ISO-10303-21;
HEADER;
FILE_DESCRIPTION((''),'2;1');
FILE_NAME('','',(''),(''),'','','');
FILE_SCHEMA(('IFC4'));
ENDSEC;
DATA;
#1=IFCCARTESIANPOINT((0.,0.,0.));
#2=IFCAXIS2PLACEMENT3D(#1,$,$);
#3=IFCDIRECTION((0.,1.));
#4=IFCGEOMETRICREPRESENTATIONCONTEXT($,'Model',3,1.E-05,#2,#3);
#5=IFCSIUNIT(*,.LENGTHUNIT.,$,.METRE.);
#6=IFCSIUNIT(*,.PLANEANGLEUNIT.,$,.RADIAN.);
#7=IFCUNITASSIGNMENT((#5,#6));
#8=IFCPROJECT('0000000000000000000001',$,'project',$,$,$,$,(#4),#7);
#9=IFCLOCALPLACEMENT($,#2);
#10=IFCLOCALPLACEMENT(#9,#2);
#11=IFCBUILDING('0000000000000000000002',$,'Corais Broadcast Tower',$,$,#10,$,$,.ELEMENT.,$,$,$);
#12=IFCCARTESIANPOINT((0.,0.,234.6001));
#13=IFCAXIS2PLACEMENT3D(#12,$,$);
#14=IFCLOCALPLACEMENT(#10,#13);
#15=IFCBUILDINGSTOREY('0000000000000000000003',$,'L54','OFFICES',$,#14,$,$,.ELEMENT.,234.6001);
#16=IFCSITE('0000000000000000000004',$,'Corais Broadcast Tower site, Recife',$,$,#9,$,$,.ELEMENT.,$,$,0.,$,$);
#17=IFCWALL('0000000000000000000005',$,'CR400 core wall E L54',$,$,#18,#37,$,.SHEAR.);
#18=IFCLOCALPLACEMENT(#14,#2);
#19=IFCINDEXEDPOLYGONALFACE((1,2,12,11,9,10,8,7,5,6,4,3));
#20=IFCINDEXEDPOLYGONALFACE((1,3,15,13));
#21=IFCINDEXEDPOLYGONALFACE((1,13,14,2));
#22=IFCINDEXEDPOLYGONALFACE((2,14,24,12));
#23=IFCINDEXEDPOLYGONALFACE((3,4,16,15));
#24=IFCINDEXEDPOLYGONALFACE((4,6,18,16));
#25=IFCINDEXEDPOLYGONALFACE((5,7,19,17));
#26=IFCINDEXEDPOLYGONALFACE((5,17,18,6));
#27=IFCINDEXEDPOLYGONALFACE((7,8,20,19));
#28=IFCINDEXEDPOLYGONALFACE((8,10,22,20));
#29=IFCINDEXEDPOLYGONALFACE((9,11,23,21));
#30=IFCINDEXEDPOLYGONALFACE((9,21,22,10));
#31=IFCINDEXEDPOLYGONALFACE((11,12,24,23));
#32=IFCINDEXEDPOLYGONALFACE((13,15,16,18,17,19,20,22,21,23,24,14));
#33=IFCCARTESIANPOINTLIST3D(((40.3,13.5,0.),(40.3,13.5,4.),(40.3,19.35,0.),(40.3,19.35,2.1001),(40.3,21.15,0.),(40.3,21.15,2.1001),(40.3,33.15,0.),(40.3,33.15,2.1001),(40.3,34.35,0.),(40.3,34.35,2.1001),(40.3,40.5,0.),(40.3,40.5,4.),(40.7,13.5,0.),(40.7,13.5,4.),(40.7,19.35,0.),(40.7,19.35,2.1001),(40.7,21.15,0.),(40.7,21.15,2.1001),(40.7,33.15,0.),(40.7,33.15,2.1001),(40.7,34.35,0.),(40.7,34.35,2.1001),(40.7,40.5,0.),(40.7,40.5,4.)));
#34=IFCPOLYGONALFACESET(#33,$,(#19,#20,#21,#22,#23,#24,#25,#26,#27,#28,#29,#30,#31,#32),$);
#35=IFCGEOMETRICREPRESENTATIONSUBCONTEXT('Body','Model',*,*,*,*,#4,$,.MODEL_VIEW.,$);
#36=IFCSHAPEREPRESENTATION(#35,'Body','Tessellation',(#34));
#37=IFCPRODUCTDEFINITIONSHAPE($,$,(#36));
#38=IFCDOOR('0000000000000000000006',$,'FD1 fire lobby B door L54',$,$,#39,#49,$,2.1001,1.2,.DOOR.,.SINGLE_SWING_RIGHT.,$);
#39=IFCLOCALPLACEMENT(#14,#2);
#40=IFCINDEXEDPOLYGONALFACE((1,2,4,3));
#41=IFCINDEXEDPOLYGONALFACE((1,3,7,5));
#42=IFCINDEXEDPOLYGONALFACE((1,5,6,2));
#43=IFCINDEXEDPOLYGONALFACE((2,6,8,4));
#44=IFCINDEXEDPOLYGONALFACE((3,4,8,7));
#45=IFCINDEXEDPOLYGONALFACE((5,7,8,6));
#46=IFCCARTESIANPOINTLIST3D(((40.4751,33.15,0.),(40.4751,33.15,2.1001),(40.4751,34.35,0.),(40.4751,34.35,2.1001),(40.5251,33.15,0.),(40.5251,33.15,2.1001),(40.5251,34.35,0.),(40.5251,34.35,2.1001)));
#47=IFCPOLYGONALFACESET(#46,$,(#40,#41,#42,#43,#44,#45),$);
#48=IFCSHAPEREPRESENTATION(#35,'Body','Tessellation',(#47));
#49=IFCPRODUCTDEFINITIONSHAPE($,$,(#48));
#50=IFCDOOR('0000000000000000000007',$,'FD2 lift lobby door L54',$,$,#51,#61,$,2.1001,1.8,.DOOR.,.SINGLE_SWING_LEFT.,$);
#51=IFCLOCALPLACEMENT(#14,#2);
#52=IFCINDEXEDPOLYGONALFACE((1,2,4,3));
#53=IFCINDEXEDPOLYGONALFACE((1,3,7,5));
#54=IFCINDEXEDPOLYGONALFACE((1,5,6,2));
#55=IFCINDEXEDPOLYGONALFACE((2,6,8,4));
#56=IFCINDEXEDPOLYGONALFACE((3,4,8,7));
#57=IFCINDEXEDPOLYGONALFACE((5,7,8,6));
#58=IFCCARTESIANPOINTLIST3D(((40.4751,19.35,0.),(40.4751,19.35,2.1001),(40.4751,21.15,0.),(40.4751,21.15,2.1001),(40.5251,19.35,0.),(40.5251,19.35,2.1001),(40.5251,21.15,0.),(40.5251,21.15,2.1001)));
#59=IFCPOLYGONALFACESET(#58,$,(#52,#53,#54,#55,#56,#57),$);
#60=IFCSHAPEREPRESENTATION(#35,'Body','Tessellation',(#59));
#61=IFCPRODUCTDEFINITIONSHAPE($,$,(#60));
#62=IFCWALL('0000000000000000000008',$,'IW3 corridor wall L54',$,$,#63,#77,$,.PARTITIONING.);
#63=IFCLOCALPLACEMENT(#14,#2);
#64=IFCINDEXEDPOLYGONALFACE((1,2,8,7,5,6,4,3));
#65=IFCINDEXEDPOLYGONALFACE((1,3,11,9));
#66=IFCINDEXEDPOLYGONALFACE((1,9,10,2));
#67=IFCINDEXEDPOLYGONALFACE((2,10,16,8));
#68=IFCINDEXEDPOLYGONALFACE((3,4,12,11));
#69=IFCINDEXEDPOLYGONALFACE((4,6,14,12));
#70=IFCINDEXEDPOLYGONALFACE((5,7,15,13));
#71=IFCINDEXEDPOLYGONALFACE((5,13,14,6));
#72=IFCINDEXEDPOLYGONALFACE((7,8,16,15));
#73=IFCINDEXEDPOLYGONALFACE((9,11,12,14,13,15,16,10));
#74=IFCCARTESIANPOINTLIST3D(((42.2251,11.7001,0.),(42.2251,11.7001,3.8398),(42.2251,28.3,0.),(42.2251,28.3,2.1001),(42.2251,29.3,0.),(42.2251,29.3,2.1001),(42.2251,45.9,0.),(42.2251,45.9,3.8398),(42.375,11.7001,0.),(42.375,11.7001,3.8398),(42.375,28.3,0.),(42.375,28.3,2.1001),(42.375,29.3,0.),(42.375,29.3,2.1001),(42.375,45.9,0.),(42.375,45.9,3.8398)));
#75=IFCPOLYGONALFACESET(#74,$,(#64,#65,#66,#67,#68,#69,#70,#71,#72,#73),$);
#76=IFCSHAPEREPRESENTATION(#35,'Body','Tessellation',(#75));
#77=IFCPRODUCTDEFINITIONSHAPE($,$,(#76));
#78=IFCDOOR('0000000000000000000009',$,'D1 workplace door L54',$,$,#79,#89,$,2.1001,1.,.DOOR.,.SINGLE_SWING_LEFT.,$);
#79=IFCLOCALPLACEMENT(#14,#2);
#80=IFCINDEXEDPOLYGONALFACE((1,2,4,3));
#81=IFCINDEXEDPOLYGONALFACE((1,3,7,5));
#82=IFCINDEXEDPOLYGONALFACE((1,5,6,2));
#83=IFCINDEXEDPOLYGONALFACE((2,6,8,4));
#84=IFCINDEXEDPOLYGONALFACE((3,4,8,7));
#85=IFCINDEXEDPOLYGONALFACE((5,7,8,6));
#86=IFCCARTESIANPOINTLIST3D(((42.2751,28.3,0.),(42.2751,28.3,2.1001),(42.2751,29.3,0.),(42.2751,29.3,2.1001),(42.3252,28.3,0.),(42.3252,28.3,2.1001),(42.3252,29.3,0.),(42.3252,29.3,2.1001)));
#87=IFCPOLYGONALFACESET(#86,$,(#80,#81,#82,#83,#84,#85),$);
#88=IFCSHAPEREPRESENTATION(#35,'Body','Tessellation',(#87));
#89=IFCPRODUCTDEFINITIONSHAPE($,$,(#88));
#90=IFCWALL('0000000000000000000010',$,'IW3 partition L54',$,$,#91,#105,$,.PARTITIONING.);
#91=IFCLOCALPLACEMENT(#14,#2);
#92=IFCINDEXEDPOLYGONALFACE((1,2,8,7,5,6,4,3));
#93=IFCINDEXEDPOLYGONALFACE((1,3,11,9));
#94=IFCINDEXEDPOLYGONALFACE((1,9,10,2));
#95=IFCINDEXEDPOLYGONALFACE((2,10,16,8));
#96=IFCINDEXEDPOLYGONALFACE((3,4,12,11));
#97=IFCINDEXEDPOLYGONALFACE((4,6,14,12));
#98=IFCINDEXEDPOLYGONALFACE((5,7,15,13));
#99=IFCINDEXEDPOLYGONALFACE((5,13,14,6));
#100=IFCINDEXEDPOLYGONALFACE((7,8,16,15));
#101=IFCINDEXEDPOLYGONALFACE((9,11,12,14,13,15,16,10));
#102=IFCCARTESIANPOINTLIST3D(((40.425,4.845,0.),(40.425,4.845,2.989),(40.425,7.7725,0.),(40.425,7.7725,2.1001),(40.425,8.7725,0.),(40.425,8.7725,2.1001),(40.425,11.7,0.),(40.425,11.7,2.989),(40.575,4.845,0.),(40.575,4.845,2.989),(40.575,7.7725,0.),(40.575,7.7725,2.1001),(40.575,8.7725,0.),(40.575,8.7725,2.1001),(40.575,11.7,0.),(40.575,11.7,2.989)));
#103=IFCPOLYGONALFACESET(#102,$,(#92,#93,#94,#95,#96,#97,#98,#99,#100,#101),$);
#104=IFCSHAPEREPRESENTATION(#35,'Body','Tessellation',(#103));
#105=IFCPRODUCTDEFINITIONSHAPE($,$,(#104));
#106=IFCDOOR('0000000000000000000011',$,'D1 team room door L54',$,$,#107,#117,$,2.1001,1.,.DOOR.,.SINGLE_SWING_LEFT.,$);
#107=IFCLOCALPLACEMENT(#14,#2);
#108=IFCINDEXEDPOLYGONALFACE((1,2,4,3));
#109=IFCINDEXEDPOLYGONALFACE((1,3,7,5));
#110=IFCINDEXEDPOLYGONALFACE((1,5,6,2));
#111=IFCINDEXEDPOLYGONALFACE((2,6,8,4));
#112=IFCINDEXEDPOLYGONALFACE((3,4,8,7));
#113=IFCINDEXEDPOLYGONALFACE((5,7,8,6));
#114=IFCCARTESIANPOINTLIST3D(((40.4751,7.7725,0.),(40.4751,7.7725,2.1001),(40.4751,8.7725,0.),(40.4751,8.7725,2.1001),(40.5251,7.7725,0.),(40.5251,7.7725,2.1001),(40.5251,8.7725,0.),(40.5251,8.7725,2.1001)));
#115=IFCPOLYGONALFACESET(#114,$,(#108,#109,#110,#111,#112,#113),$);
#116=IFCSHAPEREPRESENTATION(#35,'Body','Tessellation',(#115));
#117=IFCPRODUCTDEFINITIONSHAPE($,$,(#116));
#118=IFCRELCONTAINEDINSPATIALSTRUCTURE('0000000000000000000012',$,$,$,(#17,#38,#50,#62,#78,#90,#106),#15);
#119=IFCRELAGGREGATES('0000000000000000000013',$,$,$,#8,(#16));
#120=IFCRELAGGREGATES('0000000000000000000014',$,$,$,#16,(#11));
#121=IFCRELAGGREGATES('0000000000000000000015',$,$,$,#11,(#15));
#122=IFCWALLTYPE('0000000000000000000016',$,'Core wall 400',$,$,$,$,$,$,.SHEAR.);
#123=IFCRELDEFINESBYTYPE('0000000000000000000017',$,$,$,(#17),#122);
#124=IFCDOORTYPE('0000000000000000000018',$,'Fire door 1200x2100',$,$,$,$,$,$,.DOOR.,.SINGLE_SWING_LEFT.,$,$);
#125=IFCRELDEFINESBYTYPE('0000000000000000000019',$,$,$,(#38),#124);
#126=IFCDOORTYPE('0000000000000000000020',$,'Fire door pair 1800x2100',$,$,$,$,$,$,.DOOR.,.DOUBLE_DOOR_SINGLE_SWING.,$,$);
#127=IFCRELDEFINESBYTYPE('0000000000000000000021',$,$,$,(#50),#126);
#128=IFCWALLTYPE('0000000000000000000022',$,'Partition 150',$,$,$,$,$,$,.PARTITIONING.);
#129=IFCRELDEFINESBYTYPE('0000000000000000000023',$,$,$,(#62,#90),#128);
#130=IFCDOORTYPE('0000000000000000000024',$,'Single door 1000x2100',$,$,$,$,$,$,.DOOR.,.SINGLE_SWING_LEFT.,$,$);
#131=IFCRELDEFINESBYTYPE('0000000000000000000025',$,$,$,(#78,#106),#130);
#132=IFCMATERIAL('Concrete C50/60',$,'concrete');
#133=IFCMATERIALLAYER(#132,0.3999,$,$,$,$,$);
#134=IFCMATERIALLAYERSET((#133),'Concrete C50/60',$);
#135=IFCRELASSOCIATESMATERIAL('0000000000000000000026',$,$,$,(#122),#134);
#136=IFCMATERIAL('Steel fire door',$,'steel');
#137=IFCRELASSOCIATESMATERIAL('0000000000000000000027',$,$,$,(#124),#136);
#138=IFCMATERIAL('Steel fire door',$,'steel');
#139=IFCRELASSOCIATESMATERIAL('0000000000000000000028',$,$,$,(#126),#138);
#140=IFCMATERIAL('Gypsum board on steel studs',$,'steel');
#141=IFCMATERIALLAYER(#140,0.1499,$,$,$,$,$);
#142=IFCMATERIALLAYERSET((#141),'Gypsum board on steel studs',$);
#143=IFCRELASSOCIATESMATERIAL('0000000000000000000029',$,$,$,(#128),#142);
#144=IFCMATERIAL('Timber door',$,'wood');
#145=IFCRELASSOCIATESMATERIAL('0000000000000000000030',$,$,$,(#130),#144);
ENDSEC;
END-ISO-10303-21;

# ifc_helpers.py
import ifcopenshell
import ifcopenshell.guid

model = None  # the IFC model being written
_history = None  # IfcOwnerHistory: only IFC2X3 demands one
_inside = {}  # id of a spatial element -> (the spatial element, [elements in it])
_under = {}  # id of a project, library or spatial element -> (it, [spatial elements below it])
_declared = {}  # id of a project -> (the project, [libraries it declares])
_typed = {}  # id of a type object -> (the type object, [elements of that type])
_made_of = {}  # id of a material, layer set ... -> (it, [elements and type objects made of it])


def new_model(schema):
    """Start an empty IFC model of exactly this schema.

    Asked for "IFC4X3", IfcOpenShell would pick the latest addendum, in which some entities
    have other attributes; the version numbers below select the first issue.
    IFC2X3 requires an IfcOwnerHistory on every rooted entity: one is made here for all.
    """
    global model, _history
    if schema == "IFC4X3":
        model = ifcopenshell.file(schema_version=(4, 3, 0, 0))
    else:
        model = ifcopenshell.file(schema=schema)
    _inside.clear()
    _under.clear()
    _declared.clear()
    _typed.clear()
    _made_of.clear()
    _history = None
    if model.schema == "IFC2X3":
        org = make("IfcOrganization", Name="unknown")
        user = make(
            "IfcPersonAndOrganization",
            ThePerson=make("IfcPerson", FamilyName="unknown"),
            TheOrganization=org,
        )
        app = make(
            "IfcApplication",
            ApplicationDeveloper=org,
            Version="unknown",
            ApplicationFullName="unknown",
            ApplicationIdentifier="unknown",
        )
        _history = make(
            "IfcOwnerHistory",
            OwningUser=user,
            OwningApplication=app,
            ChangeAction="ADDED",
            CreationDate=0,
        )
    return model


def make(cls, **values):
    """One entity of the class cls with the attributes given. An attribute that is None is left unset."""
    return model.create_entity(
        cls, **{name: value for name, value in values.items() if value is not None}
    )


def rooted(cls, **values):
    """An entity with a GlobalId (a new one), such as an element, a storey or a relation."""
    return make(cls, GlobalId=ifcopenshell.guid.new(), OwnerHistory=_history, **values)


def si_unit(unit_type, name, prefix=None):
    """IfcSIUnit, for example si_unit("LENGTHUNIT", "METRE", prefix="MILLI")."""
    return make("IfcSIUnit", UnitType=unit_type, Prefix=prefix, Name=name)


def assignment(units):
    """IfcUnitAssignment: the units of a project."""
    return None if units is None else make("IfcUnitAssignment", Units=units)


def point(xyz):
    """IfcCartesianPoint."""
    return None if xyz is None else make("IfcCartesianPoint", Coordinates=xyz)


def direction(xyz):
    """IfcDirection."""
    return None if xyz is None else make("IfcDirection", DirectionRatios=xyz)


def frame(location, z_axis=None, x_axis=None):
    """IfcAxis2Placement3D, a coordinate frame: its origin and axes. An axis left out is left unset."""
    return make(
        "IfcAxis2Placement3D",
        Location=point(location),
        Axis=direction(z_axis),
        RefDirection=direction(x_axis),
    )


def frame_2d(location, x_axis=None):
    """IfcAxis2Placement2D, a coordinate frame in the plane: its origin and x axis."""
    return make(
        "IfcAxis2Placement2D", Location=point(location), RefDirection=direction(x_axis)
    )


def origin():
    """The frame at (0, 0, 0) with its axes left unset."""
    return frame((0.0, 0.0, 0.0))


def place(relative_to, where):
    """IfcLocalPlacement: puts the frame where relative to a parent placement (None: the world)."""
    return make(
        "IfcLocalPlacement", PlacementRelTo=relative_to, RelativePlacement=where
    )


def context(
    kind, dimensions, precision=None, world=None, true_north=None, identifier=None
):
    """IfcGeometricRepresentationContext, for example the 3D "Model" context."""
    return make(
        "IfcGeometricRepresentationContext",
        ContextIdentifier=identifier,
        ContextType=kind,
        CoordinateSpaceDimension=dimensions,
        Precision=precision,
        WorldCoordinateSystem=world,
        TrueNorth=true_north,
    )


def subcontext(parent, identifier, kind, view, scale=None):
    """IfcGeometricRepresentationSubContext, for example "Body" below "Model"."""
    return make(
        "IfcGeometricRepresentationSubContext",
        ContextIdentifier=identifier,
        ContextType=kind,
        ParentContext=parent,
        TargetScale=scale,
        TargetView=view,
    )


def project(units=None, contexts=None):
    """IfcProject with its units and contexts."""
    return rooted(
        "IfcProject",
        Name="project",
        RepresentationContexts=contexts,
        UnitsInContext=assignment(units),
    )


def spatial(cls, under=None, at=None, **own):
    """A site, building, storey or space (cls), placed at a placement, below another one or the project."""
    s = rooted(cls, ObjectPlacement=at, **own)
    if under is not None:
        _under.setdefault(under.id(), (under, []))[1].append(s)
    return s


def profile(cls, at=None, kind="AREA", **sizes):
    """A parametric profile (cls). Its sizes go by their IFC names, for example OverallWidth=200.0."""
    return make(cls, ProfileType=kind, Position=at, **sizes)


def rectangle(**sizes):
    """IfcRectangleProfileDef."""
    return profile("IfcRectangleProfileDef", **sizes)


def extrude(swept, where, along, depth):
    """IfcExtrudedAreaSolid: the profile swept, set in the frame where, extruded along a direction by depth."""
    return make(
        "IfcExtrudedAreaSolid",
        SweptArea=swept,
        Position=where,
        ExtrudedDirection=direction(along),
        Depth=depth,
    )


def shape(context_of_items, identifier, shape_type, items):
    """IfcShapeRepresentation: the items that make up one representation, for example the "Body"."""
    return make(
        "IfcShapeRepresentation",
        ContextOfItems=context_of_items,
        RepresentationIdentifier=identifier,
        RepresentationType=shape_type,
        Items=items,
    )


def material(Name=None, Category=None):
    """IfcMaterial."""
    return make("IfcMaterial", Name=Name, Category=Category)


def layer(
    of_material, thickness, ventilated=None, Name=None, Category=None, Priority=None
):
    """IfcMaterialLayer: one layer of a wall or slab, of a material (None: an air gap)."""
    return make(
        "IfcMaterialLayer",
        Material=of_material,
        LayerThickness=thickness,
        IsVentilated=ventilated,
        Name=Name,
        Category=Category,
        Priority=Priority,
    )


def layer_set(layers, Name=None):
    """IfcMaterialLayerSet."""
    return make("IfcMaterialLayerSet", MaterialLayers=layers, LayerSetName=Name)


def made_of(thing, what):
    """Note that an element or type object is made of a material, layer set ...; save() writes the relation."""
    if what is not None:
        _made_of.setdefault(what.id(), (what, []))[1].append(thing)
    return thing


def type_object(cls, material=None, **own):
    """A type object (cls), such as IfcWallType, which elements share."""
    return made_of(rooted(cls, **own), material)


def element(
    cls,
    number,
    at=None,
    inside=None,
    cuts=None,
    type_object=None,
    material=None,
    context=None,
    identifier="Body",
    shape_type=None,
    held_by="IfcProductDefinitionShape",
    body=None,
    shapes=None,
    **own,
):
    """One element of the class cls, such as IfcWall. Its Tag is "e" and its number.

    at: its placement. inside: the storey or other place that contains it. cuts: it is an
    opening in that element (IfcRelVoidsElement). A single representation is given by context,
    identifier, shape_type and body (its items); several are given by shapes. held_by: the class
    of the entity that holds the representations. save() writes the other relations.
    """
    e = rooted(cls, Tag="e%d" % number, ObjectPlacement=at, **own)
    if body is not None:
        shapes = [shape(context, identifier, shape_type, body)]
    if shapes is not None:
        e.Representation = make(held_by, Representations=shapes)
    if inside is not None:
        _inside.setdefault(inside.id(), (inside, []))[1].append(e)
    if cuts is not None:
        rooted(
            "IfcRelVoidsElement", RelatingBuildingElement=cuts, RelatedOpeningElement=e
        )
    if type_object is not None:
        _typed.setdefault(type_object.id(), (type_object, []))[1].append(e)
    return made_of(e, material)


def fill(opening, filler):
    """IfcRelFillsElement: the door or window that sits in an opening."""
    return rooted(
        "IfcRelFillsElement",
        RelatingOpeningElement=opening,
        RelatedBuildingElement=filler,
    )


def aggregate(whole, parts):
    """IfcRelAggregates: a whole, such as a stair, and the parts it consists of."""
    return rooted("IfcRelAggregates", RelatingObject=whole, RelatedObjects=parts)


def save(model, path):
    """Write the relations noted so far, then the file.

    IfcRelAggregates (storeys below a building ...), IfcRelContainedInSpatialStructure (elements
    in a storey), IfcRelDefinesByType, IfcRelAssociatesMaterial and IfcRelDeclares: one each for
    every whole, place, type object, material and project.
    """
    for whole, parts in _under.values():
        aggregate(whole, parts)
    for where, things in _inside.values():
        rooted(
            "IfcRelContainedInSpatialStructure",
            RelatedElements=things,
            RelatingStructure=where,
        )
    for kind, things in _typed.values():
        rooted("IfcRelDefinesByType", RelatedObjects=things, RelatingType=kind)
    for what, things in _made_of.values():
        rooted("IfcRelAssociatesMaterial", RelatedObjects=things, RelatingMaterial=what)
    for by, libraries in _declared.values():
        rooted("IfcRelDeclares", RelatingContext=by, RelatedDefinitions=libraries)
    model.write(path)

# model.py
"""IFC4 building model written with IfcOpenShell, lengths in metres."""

from ifc_helpers import new_model, si_unit, direction, frame, frame_2d, origin, place, context, subcontext, project, spatial, rectangle, extrude, material, layer, layer_set, type_object, element, fill, save


model = new_model("IFC4")

# Units and contexts
model_context = context("Model", 3, precision=1e-05, world=origin(), true_north=direction((0.0, 1.0)))
body_context = subcontext(model_context, "Body", "Model", "MODEL_VIEW")
ifc_project = project(units=[si_unit("LENGTHUNIT", "METRE"), si_unit("PLANEANGLEUNIT", "RADIAN")], contexts=[model_context])

# Site, building, storey
site_placement = place(None, origin())
site = spatial("IfcSite", under=ifc_project, at=site_placement, Name="Corais Broadcast Tower site, Recife", CompositionType="ELEMENT", RefElevation=0.0)
building_placement = place(site_placement, origin())
building = spatial("IfcBuilding", under=site, at=building_placement, Name="Corais Broadcast Tower", CompositionType="ELEMENT")
storey_placement = place(building_placement, frame((0.0, 0.0, 234.6001)))
storey = spatial("IfcBuildingStorey", under=building, at=storey_placement, Name="L54", Description="OFFICES", CompositionType="ELEMENT", Elevation=234.6001)

# Wall, openings, doors
ifc_material_1 = material(Name="Concrete C50/60", Category="concrete")
ifc_layer_1 = layer(ifc_material_1, 0.3999)
ifc_layer_set_1 = layer_set([ifc_layer_1], Name="Concrete C50/60")
wall_type_1 = type_object("IfcWallType", Name="Core wall 400", PredefinedType="SHEAR", material=ifc_layer_set_1)
wall_1_placement = place(storey_placement, frame((40.5, 13.5, 0.0), z_axis=(0.0, 0.0, 1.0), x_axis=(0.0, 1.0, 0.0)))
wall_1 = element("IfcWall", 1, at=wall_1_placement, inside=storey, type_object=wall_type_1, Name="CR400 core wall E L54", PredefinedType="SHEAR", context=body_context, shape_type="SweptSolid", body=[
    extrude(rectangle(XDim=27.0, YDim=0.3999, at=frame_2d((13.5, 0.0))), origin(), (0.0, 0.0, 1.0), 4.0),
])
opening_1_placement = place(wall_1_placement, frame((5.8501, 0.0, 0.0)))
opening_1 = element("IfcOpeningElement", 2, at=opening_1_placement, cuts=wall_1, PredefinedType="OPENING", context=body_context, shape_type="SweptSolid", body=[
    extrude(rectangle(XDim=1.8, YDim=2.1001, at=frame_2d((0.8999, 1.05))), frame((0.0, 0.21, 0.0), z_axis=(0.0, -1.0, 0.0), x_axis=(1.0, 0.0, 0.0)), (0.0, 0.0, 1.0), 0.4199),
])
opening_2_placement = place(wall_1_placement, frame((19.6499, 0.0, 0.0)))
opening_2 = element("IfcOpeningElement", 3, at=opening_2_placement, cuts=wall_1, PredefinedType="OPENING", context=body_context, shape_type="SweptSolid", body=[
    extrude(rectangle(XDim=1.2, YDim=2.1001, at=frame_2d((0.6001, 1.05))), frame((0.0, 0.21, 0.0), z_axis=(0.0, -1.0, 0.0), x_axis=(1.0, 0.0, 0.0)), (0.0, 0.0, 1.0), 0.4199),
])
ifc_material_2 = material(Name="Steel fire door", Category="steel")
door_type_1 = type_object("IfcDoorType", Name="Fire door 1200x2100", OperationType="SINGLE_SWING_LEFT", PredefinedType="DOOR", material=ifc_material_2)
door_1_placement = place(opening_2_placement, origin())
door_1 = element("IfcDoor", 4, at=door_1_placement, inside=storey, type_object=door_type_1, Name="FD1 fire lobby B door L54", OperationType="SINGLE_SWING_RIGHT", OverallHeight=2.1001, OverallWidth=1.2, PredefinedType="DOOR", context=body_context, shape_type="SweptSolid", body=[
    extrude(rectangle(XDim=1.2, YDim=2.1001, at=frame_2d((0.6001, 1.05))), frame((0.0, 0.0249, 0.0), z_axis=(0.0, -1.0, 0.0), x_axis=(1.0, 0.0, 0.0)), (0.0, 0.0, 1.0), 0.05),
])
fill(opening_2, door_1)
ifc_material_3 = material(Name="Steel fire door", Category="steel")
door_type_2 = type_object("IfcDoorType", Name="Fire door pair 1800x2100", OperationType="DOUBLE_DOOR_SINGLE_SWING", PredefinedType="DOOR", material=ifc_material_3)
door_2_placement = place(opening_1_placement, origin())
door_2 = element("IfcDoor", 5, at=door_2_placement, inside=storey, type_object=door_type_2, Name="FD2 lift lobby door L54", OperationType="SINGLE_SWING_LEFT", OverallHeight=2.1001, OverallWidth=1.8, PredefinedType="DOOR", context=body_context, shape_type="SweptSolid", body=[
    extrude(rectangle(XDim=1.8, YDim=2.1001, at=frame_2d((0.8999, 1.05))), frame((0.0, 0.0249, 0.0), z_axis=(0.0, -1.0, 0.0), x_axis=(1.0, 0.0, 0.0)), (0.0, 0.0, 1.0), 0.05),
])
fill(opening_1, door_2)

# Walls, openings, doors
ifc_material_4 = material(Name="Gypsum board on steel studs", Category="steel")
ifc_layer_2 = layer(ifc_material_4, 0.1499)
ifc_layer_set_2 = layer_set([ifc_layer_2], Name="Gypsum board on steel studs")
wall_type_2 = type_object("IfcWallType", Name="Partition 150", PredefinedType="PARTITIONING", material=ifc_layer_set_2)
wall_2_placement = place(storey_placement, frame((42.3, 11.7, 0.0), z_axis=(0.0, 0.0, 1.0), x_axis=(0.0, 1.0, 0.0)))
wall_2 = element("IfcWall", 6, at=wall_2_placement, inside=storey, type_object=wall_type_2, Name="IW3 corridor wall L54", PredefinedType="PARTITIONING", context=body_context, shape_type="SweptSolid", body=[
    extrude(rectangle(XDim=34.2, YDim=0.1499, at=frame_2d((17.1001, 0.0))), origin(), (0.0, 0.0, 1.0), 3.8398),
])
opening_3_placement = place(wall_2_placement, frame((16.6001, 0.0, 0.0)))
opening_3 = element("IfcOpeningElement", 7, at=opening_3_placement, cuts=wall_2, PredefinedType="OPENING", context=body_context, shape_type="SweptSolid", body=[
    extrude(rectangle(XDim=1.0, YDim=2.1001, at=frame_2d((0.5, 1.05))), frame((0.0, 0.085, 0.0), z_axis=(0.0, -1.0, 0.0), x_axis=(1.0, 0.0, 0.0)), (0.0, 0.0, 1.0), 0.1699),
])
ifc_material_5 = material(Name="Timber door", Category="wood")
door_type_3 = type_object("IfcDoorType", Name="Single door 1000x2100", OperationType="SINGLE_SWING_LEFT", PredefinedType="DOOR", material=ifc_material_5)
door_3_placement = place(opening_3_placement, origin())
door_3 = element("IfcDoor", 8, at=door_3_placement, inside=storey, type_object=door_type_3, Name="D1 workplace door L54", OperationType="SINGLE_SWING_LEFT", OverallHeight=2.1001, OverallWidth=1.0, PredefinedType="DOOR", context=body_context, shape_type="SweptSolid", body=[
    extrude(rectangle(XDim=1.0, YDim=2.1001, at=frame_2d((0.5, 1.05))), frame((0.0, 0.0249, 0.0), z_axis=(0.0, -1.0, 0.0), x_axis=(1.0, 0.0, 0.0)), (0.0, 0.0, 1.0), 0.05),
])
fill(opening_3, door_3)
wall_3_placement = place(storey_placement, frame((40.5, 4.845, 0.0), z_axis=(0.0, 0.0, 1.0), x_axis=(0.0, 1.0, 0.0)))
wall_3 = element("IfcWall", 9, at=wall_3_placement, inside=storey, type_object=wall_type_2, Name="IW3 partition L54", PredefinedType="PARTITIONING", context=body_context, shape_type="SweptSolid", body=[
    extrude(rectangle(XDim=6.855, YDim=0.1499, at=frame_2d((3.4275, 0.0))), origin(), (0.0, 0.0, 1.0), 2.989),
])
opening_4_placement = place(wall_3_placement, frame((2.9275, 0.0, 0.0)))
opening_4 = element("IfcOpeningElement", 10, at=opening_4_placement, cuts=wall_3, PredefinedType="OPENING", context=body_context, shape_type="SweptSolid", body=[
    extrude(rectangle(XDim=1.0, YDim=2.1001, at=frame_2d((0.5, 1.05))), frame((0.0, 0.085, 0.0), z_axis=(0.0, -1.0, 0.0), x_axis=(1.0, 0.0, 0.0)), (0.0, 0.0, 1.0), 0.1699),
])
door_4_placement = place(opening_4_placement, origin())
door_4 = element("IfcDoor", 11, at=door_4_placement, inside=storey, type_object=door_type_3, Name="D1 team room door L54", OperationType="SINGLE_SWING_LEFT", OverallHeight=2.1001, OverallWidth=1.0, PredefinedType="DOOR", context=body_context, shape_type="SweptSolid", body=[
    extrude(rectangle(XDim=1.0, YDim=2.1001, at=frame_2d((0.5, 1.05))), frame((0.0, 0.0249, 0.0), z_axis=(0.0, -1.0, 0.0), x_axis=(1.0, 0.0, 0.0)), (0.0, 0.0, 1.0), 0.05),
])
fill(opening_4, door_4)

save(model, "model.ifc")
